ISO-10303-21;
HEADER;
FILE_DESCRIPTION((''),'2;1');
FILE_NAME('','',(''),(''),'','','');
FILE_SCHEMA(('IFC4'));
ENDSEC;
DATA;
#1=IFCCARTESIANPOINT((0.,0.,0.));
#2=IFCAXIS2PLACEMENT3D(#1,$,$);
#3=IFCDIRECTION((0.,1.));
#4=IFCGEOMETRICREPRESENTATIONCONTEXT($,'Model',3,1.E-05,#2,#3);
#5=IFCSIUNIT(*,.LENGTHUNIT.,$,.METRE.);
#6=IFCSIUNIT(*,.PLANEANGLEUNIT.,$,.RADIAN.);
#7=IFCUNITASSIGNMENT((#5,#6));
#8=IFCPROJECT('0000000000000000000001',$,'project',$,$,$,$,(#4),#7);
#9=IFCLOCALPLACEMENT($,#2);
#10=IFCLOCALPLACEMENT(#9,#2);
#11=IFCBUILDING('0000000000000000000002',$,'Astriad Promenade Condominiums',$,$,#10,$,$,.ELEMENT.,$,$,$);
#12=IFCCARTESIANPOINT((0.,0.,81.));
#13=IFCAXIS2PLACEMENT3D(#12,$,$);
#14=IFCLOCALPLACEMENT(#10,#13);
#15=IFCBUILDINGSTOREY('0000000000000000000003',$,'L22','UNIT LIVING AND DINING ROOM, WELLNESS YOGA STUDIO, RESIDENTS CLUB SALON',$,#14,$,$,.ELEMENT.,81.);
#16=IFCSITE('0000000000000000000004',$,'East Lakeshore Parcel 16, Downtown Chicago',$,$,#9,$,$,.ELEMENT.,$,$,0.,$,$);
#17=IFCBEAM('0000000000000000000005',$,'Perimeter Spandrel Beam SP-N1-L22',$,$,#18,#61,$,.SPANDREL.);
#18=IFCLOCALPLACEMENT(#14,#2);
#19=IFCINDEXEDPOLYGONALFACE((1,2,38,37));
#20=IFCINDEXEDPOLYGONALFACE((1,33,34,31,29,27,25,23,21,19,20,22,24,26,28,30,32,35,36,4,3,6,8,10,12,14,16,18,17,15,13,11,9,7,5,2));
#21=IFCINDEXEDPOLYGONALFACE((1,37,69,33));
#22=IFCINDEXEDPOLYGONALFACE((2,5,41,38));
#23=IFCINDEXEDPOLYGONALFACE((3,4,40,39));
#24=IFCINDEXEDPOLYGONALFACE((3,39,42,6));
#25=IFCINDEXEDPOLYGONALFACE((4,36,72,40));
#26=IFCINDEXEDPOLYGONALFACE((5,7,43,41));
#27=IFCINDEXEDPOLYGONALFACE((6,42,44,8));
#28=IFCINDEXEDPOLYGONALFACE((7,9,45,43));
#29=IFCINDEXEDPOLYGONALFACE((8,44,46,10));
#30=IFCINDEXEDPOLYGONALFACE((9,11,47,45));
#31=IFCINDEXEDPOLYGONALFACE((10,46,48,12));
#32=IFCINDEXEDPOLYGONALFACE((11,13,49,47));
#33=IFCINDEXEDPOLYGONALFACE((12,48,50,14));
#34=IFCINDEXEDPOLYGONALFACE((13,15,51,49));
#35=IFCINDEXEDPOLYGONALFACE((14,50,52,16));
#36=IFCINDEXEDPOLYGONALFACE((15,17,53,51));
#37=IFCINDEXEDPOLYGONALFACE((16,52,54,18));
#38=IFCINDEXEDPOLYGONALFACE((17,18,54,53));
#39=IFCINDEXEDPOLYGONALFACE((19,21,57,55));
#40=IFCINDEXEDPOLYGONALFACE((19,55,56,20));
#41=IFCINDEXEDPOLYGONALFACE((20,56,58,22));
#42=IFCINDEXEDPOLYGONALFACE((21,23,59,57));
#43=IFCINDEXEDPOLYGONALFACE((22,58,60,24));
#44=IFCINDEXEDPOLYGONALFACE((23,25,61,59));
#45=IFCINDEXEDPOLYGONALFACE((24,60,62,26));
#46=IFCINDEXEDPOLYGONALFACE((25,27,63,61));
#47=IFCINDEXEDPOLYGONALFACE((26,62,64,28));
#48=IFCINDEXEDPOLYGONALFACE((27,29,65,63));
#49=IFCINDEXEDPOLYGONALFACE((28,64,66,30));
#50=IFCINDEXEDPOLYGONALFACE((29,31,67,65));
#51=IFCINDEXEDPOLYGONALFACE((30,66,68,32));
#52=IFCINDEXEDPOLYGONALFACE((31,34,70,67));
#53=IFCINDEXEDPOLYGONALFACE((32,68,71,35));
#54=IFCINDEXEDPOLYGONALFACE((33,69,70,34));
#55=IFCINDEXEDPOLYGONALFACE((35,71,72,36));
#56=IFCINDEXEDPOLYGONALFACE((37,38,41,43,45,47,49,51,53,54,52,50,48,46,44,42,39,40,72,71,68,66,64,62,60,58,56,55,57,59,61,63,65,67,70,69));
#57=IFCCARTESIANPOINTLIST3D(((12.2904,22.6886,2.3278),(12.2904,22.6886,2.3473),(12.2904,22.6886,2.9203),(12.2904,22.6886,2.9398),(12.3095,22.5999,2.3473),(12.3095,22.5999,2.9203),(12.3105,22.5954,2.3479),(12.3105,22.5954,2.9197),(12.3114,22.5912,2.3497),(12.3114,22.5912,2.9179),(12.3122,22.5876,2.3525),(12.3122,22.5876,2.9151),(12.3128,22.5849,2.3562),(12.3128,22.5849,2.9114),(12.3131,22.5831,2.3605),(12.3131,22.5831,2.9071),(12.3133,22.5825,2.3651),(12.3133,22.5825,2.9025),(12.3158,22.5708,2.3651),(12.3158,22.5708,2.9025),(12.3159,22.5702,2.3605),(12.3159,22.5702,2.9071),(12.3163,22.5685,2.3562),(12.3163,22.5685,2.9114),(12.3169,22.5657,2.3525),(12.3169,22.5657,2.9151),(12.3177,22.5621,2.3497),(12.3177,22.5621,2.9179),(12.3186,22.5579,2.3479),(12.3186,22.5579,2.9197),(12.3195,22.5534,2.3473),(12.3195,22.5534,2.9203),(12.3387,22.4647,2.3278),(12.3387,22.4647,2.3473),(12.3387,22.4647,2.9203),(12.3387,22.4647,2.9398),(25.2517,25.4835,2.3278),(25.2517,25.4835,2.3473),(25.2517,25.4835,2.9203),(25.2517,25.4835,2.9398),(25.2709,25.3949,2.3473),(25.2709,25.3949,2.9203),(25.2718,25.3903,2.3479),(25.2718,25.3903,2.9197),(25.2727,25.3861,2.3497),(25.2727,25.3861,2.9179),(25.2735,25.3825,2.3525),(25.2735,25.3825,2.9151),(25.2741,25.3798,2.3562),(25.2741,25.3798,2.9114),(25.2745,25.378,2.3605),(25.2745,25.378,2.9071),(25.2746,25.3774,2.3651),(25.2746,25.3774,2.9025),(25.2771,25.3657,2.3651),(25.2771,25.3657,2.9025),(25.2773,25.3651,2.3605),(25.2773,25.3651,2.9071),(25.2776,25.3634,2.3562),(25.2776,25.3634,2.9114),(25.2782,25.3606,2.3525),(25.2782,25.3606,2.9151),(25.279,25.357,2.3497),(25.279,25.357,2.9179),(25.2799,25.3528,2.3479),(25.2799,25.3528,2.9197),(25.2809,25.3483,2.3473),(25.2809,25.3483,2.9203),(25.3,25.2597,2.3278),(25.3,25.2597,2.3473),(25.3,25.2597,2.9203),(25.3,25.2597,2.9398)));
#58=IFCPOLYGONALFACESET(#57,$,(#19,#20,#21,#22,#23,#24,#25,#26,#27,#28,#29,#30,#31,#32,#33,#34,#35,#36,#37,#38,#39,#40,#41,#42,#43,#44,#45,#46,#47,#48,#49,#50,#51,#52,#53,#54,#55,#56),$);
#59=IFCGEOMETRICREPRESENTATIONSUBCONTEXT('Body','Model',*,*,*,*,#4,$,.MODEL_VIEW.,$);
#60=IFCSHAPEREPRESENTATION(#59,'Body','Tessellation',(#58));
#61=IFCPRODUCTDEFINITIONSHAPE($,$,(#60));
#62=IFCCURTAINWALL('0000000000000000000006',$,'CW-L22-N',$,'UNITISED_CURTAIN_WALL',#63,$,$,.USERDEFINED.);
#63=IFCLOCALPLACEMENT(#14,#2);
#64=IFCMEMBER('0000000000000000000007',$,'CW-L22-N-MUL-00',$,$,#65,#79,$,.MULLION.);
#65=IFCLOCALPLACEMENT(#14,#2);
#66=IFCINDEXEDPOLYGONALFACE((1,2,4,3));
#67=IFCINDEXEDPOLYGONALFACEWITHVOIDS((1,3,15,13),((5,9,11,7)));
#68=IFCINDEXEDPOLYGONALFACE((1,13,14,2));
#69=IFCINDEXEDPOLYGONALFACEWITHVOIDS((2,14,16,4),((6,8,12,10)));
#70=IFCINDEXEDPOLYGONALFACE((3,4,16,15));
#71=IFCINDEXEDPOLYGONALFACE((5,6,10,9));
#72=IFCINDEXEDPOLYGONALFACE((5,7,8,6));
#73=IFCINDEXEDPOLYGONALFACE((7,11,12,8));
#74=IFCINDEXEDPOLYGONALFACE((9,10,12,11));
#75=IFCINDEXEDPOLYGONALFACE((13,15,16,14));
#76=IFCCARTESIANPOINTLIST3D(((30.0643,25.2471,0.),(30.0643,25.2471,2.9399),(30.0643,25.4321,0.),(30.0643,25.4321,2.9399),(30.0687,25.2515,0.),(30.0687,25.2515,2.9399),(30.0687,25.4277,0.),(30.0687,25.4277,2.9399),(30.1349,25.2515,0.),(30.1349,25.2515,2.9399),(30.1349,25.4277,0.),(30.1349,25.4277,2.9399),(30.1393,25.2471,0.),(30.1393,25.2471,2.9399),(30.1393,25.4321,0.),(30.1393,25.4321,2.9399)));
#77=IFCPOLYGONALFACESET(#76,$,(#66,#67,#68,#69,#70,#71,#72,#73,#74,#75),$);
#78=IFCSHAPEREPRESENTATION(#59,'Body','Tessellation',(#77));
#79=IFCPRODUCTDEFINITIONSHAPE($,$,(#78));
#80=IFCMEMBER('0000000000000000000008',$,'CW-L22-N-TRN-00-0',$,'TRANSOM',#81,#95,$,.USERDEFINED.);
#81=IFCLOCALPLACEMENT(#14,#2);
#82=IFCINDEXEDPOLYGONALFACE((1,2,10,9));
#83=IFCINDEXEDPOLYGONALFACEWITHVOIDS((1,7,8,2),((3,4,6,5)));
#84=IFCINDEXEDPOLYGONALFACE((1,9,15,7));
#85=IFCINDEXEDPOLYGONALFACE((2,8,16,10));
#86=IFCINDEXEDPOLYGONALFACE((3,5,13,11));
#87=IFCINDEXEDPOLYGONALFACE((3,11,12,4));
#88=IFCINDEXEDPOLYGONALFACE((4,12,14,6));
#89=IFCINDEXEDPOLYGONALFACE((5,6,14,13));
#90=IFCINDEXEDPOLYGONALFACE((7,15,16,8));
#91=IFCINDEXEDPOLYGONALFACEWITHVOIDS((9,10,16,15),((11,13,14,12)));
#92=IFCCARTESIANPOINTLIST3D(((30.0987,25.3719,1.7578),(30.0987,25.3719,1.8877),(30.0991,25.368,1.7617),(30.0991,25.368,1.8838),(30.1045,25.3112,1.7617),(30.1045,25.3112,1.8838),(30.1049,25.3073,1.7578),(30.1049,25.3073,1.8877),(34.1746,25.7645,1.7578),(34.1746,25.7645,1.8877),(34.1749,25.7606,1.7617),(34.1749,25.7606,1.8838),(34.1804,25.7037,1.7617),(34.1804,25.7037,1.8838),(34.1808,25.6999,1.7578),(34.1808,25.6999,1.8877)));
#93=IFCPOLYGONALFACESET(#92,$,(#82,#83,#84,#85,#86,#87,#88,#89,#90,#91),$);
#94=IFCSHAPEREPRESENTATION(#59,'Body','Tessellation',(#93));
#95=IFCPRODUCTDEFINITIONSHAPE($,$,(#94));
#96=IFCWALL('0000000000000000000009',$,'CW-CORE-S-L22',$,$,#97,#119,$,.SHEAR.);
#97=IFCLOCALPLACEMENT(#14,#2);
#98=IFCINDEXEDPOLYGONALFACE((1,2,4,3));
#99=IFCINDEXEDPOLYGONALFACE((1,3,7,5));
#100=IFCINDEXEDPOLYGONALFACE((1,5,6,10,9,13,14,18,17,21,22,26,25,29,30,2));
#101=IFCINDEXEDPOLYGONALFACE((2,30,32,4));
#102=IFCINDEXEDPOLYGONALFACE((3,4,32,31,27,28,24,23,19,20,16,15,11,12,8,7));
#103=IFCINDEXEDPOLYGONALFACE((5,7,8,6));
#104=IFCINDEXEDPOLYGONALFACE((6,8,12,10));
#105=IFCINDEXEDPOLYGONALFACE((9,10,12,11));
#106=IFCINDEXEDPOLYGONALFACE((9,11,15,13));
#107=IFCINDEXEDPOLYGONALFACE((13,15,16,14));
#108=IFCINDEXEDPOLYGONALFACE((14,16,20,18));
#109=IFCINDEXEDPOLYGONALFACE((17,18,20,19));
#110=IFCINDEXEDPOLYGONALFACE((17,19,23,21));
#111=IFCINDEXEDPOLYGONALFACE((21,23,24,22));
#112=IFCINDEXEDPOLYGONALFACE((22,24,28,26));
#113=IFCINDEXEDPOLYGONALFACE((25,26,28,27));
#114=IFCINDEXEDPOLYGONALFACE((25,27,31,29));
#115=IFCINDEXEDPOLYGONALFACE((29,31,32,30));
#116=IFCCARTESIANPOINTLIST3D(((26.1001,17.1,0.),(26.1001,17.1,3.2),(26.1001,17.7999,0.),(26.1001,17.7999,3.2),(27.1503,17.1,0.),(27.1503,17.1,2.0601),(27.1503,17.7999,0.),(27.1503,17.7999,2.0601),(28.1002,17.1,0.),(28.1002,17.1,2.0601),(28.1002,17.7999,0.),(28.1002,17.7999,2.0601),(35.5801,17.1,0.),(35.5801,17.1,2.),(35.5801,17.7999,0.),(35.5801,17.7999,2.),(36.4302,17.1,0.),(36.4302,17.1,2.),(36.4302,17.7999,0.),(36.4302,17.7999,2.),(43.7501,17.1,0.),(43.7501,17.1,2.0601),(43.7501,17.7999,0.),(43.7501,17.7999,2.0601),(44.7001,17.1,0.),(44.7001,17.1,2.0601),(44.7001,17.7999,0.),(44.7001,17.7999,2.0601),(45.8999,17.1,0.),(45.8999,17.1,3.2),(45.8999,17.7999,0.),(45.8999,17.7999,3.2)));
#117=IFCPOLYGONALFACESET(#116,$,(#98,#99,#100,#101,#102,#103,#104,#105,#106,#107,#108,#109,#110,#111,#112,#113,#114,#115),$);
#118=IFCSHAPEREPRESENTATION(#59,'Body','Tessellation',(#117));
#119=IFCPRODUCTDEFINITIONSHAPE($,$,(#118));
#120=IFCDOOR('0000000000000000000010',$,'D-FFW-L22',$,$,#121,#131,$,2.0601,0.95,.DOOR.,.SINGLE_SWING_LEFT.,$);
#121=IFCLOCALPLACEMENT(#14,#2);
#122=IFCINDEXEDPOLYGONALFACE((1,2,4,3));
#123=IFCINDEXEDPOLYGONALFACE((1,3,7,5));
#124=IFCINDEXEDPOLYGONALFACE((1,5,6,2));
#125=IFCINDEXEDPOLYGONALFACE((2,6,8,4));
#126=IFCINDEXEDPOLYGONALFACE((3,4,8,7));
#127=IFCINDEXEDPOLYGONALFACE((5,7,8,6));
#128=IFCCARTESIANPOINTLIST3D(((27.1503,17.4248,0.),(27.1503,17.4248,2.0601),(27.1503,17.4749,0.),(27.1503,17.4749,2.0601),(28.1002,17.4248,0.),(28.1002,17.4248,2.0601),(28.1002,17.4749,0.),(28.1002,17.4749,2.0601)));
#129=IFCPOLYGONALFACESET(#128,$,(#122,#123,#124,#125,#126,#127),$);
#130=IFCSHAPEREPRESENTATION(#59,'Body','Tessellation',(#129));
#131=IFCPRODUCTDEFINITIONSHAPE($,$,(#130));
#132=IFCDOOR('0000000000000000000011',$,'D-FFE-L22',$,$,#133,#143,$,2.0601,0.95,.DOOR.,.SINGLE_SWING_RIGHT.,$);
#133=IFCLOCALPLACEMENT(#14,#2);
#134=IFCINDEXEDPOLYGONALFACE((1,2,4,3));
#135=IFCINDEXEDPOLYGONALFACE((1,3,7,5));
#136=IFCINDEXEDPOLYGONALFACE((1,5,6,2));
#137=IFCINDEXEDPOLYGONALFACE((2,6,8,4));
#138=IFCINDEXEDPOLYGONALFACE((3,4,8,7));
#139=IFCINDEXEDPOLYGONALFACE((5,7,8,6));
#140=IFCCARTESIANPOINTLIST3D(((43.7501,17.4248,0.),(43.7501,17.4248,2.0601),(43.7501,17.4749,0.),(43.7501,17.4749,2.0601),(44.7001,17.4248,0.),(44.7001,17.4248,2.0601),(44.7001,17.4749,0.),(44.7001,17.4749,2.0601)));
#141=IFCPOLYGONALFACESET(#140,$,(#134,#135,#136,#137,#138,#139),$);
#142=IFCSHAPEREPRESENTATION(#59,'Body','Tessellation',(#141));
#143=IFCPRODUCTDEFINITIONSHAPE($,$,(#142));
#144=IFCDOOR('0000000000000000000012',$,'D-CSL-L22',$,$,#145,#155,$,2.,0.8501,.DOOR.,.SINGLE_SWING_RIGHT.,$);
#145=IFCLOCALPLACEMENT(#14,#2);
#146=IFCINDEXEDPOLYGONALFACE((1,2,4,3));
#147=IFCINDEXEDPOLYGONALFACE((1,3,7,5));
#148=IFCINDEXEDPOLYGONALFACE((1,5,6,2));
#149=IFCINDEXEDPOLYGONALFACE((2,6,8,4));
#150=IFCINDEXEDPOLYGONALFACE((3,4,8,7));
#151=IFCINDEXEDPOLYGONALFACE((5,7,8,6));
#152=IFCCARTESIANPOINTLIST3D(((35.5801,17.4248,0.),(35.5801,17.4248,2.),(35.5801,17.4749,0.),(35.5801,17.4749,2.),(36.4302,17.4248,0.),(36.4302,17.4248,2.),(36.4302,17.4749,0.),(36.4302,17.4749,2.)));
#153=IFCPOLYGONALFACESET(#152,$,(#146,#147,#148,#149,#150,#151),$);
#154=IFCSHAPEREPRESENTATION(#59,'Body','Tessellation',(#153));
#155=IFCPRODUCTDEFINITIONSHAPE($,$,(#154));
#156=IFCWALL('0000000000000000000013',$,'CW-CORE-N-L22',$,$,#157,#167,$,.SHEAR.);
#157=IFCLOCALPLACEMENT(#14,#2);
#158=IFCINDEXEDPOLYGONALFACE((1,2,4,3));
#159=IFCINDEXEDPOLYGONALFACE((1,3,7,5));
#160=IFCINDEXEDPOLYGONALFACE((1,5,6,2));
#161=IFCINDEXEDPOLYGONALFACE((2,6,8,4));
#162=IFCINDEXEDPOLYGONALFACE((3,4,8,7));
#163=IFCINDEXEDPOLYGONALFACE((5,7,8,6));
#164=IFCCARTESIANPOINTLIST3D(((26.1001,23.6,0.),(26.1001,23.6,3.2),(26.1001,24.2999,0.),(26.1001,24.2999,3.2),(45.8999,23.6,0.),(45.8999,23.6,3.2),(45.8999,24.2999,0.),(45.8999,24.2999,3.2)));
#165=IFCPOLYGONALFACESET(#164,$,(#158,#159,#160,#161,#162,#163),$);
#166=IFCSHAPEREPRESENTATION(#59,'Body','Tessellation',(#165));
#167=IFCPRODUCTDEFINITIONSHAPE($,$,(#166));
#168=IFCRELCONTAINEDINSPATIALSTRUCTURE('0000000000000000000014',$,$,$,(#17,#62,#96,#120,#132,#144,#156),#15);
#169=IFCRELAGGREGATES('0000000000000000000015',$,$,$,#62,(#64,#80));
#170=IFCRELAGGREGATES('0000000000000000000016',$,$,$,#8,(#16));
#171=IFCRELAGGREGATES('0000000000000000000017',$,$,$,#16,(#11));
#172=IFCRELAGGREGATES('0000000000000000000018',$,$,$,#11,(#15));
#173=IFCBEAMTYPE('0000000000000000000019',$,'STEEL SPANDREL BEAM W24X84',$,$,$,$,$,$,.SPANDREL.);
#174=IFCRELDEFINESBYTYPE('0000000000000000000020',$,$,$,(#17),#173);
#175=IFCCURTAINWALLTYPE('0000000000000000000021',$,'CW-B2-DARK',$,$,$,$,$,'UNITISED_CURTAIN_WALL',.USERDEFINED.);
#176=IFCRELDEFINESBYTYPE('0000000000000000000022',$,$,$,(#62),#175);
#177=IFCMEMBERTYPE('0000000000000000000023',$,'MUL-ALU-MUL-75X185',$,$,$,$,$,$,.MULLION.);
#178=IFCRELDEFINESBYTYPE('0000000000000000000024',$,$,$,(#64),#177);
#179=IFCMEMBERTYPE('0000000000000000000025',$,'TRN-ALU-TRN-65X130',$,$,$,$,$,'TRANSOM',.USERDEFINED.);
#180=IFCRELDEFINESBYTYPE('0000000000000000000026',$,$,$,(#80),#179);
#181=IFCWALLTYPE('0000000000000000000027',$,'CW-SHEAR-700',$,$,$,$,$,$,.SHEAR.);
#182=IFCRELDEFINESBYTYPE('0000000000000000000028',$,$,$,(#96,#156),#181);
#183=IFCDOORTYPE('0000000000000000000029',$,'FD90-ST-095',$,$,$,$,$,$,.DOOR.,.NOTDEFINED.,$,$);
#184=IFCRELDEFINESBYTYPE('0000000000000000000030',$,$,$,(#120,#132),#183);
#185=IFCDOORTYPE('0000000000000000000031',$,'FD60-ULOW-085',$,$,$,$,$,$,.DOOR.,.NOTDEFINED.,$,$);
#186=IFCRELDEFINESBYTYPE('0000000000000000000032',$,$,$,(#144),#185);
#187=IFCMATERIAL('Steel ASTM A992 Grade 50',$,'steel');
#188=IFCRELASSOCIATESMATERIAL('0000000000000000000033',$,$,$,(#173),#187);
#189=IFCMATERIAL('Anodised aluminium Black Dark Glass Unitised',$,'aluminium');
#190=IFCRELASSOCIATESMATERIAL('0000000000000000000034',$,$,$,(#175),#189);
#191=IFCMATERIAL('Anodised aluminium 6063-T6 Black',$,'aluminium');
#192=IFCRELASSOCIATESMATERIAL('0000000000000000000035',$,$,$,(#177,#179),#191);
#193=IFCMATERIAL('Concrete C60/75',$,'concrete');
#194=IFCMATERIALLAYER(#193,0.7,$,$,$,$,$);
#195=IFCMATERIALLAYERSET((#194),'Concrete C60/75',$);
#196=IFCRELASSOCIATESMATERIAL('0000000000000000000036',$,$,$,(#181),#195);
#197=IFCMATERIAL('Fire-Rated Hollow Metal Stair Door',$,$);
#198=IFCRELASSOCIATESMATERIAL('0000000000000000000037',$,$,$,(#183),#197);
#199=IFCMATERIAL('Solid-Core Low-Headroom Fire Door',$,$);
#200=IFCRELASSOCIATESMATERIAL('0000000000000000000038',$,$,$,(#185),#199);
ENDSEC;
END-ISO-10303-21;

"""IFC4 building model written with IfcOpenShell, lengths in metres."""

from ifc_helpers import new_model, si_unit, direction, frame, frame_2d, origin, origin_2d, place, context, subcontext, project, spatial, rectangle, hollow_rectangle, i_section, extrude, source, transform, mapped, material, layer, layer_set, material_profile, profile_set, type_object, type_shapes, element, fill, aggregate, save


model = new_model("IFC4")

# Units and contexts
model_context = context("Model", 3, precision=1e-05, world=origin(), true_north=direction((0.0, 1.0)))
body_context = subcontext(model_context, "Body", "Model", "MODEL_VIEW")
ifc_project = project(units=[si_unit("LENGTHUNIT", "METRE"), si_unit("PLANEANGLEUNIT", "RADIAN")], contexts=[model_context])

# Site, building, storey
site_placement = place(None, origin())
site = spatial("IfcSite", under=ifc_project, at=site_placement, Name="East Lakeshore Parcel 16, Downtown Chicago", CompositionType="ELEMENT", RefElevation=0.0)
building_placement = place(site_placement, origin())
building = spatial("IfcBuilding", under=site, at=building_placement, Name="Astriad Promenade Condominiums", CompositionType="ELEMENT")
storey_placement = place(building_placement, frame((0.0, 0.0, 81.0)))
storey = spatial("IfcBuildingStorey", under=building, at=storey_placement, Name="L22", Description="UNIT LIVING AND DINING ROOM, WELLNESS YOGA STUDIO, RESIDENTS CLUB SALON", CompositionType="ELEMENT", Elevation=81.0)

# Shared definitions
ifc_material_1 = material(Name="Steel ASTM A992 Grade 50", Category="steel")
ifc_material_2 = material(Name="Concrete C60/75", Category="concrete")

# Beam
ifc_material_profile_1 = material_profile(ifc_material_1, i_section(OverallWidth=0.229, OverallDepth=0.6121, WebThickness=0.012, FlangeThickness=0.0195, FilletRadius=0.0178, at=origin_2d()), Name="W24X84")
ifc_profile_set_1 = profile_set([ifc_material_profile_1], Name="Steel ASTM A992 Grade 50")
beam_type_1 = type_object("IfcBeamType", Name="STEEL SPANDREL BEAM W24X84", PredefinedType="SPANDREL", material=ifc_profile_set_1)
shared_shape_1 = source(origin(), body_context, "Body", "SweptSolid", [
    extrude(i_section(OverallWidth=0.229, OverallDepth=0.6121, WebThickness=0.012, FlangeThickness=0.0195, FilletRadius=0.0178, at=origin_2d()), origin(), (0.0, 0.0, 1.0), 13.2593),
])
type_shapes(beam_type_1, [shared_shape_1])
beam_1_placement = place(storey_placement, frame((25.2759, 25.3716, 2.6338), z_axis=(-0.977532, -0.210789, 0.0), x_axis=(0.210789, -0.977532, 0.0)))
element("IfcBeam", 1, at=beam_1_placement, inside=storey, type_object=beam_type_1, Name="Perimeter Spandrel Beam SP-N1-L22", PredefinedType="SPANDREL", context=body_context, shape_type="MappedRepresentation", body=[
    mapped(shared_shape_1, transform((0.0, 0.0, 0.0), scale=1.0)),
])

# Curtain wall, members
ifc_material_3 = material(Name="Anodised aluminium Black Dark Glass Unitised", Category="aluminium")
curtain_wall_type = type_object("IfcCurtainWallType", Name="CW-B2-DARK", ElementType="UNITISED_CURTAIN_WALL", PredefinedType="USERDEFINED", material=ifc_material_3)
curtain_wall_placement = place(storey_placement, origin())
curtain_wall = element("IfcCurtainWall", 2, at=curtain_wall_placement, inside=storey, type_object=curtain_wall_type, Name="CW-L22-N", ObjectType="UNITISED_CURTAIN_WALL", PredefinedType="USERDEFINED")
ifc_material_4 = material(Name="Anodised aluminium 6063-T6 Black", Category="aluminium")
ifc_material_profile_2 = material_profile(ifc_material_4, hollow_rectangle(XDim=0.075, YDim=0.1851, WallThickness=0.0044, at=origin_2d()), Name="ALU-MUL-75X185")
ifc_profile_set_2 = profile_set([ifc_material_profile_2], Name="Anodised aluminium 6063-T6 Black")
member_type_1 = type_object("IfcMemberType", Name="MUL-ALU-MUL-75X185", PredefinedType="MULLION", material=ifc_profile_set_2)
shared_shape_2 = source(origin(), body_context, "Body", "SweptSolid", [
    extrude(hollow_rectangle(XDim=0.075, YDim=0.1851, WallThickness=0.0044, at=origin_2d()), origin(), (0.0, 0.0, 1.0), 2.9399),
])
type_shapes(member_type_1, [shared_shape_2])
member_1_placement = place(storey_placement, frame((30.1018, 25.3396, 0.0), z_axis=(0.0, 0.0, 1.0), x_axis=(1.0, 0.0, 0.0)))
member_1 = element("IfcMember", 3, at=member_1_placement, type_object=member_type_1, Name="CW-L22-N-MUL-00", PredefinedType="MULLION", context=body_context, shape_type="MappedRepresentation", body=[
    mapped(shared_shape_2, transform((0.0, 0.0, 0.0), scale=1.0)),
])
ifc_material_profile_3 = material_profile(ifc_material_4, hollow_rectangle(XDim=0.0649, YDim=0.1299, WallThickness=0.0039, at=origin_2d()), Name="ALU-TRN-65X130")
ifc_profile_set_3 = profile_set([ifc_material_profile_3], Name="Anodised aluminium 6063-T6 Black")
member_type_2 = type_object("IfcMemberType", Name="TRN-ALU-TRN-65X130", ElementType="TRANSOM", PredefinedType="USERDEFINED", material=ifc_profile_set_3)
shared_shape_3 = source(origin(), body_context, "Body", "SweptSolid", [
    extrude(hollow_rectangle(XDim=0.0649, YDim=0.1299, WallThickness=0.0039, at=origin_2d()), origin(), (0.0, 0.0, 1.0), 4.0947),
])
type_shapes(member_type_2, [shared_shape_3])
member_2_placement = place(storey_placement, frame((30.1018, 25.3396, 1.8228), z_axis=(0.995394, 0.095873, 0.0), x_axis=(-0.095873, 0.995394, 0.0)))
member_2 = element("IfcMember", 4, at=member_2_placement, type_object=member_type_2, Name="CW-L22-N-TRN-00-0", ObjectType="TRANSOM", PredefinedType="USERDEFINED", context=body_context, shape_type="MappedRepresentation", body=[
    mapped(shared_shape_3, transform((0.0, 0.0, 0.0), scale=1.0)),
])
aggregate(curtain_wall, [member_1, member_2])

# Wall, openings, doors
ifc_layer_1 = layer(ifc_material_2, 0.7)
ifc_layer_set_1 = layer_set([ifc_layer_1], Name="Concrete C60/75")
wall_type_1 = type_object("IfcWallType", Name="CW-SHEAR-700", PredefinedType="SHEAR", material=ifc_layer_set_1)
wall_1_placement = place(storey_placement, frame((26.1001, 17.45, 0.0), z_axis=(0.0, 0.0, 1.0), x_axis=(1.0, 0.0, 0.0)))
wall_1 = element("IfcWall", 5, at=wall_1_placement, inside=storey, type_object=wall_type_1, Name="CW-CORE-S-L22", PredefinedType="SHEAR", context=body_context, shape_type="SweptSolid", body=[
    extrude(rectangle(XDim=19.7998, YDim=0.7, at=frame_2d((9.8999, 0.0))), origin(), (0.0, 0.0, 1.0), 3.2),
])
opening_1_placement = place(wall_1_placement, frame((1.05, 0.0, 0.0)))
opening_1 = element("IfcOpeningElement", 6, at=opening_1_placement, cuts=wall_1, PredefinedType="OPENING", context=body_context, shape_type="SweptSolid", body=[
    extrude(rectangle(XDim=0.95, YDim=2.0601, at=frame_2d((0.4751, 1.03))), frame((0.0, 0.3599, 0.0), z_axis=(0.0, -1.0, 0.0), x_axis=(1.0, 0.0, 0.0)), (0.0, 0.0, 1.0), 0.72),
])
opening_2_placement = place(wall_1_placement, frame((9.48, 0.0, 0.0)))
opening_2 = element("IfcOpeningElement", 7, at=opening_2_placement, cuts=wall_1, PredefinedType="OPENING", context=body_context, shape_type="SweptSolid", body=[
    extrude(rectangle(XDim=0.8501, YDim=2.0, at=frame_2d((0.425, 1.0))), frame((0.0, 0.3599, 0.0), z_axis=(0.0, -1.0, 0.0), x_axis=(1.0, 0.0, 0.0)), (0.0, 0.0, 1.0), 0.72),
])
opening_3_placement = place(wall_1_placement, frame((17.6499, 0.0, 0.0)))
opening_3 = element("IfcOpeningElement", 8, at=opening_3_placement, cuts=wall_1, PredefinedType="OPENING", context=body_context, shape_type="SweptSolid", body=[
    extrude(rectangle(XDim=0.95, YDim=2.0601, at=frame_2d((0.4751, 1.03))), frame((0.0, 0.3599, 0.0), z_axis=(0.0, -1.0, 0.0), x_axis=(1.0, 0.0, 0.0)), (0.0, 0.0, 1.0), 0.72),
])
ifc_material_5 = material(Name="Fire-Rated Hollow Metal Stair Door")
door_type_1 = type_object("IfcDoorType", Name="FD90-ST-095", OperationType="NOTDEFINED", PredefinedType="DOOR", material=ifc_material_5)
shared_shape_4 = source(origin(), body_context, "Body", "SweptSolid", [
    extrude(rectangle(XDim=0.95, YDim=2.0601, at=frame_2d((0.4751, 1.03))), frame((0.0, 0.0249, 0.0), z_axis=(0.0, -1.0, 0.0), x_axis=(1.0, 0.0, 0.0)), (0.0, 0.0, 1.0), 0.05),
])
type_shapes(door_type_1, [shared_shape_4])
door_1_placement = place(opening_1_placement, origin())
door_1 = element("IfcDoor", 9, at=door_1_placement, inside=storey, type_object=door_type_1, Name="D-FFW-L22", OperationType="SINGLE_SWING_LEFT", OverallHeight=2.0601, OverallWidth=0.95, PredefinedType="DOOR", context=body_context, shape_type="MappedRepresentation", body=[
    mapped(shared_shape_4, transform((0.0, 0.0, 0.0), scale=1.0)),
])
fill(opening_1, door_1)
door_2_placement = place(opening_3_placement, origin())
door_2 = element("IfcDoor", 10, at=door_2_placement, inside=storey, type_object=door_type_1, Name="D-FFE-L22", OperationType="SINGLE_SWING_RIGHT", OverallHeight=2.0601, OverallWidth=0.95, PredefinedType="DOOR", context=body_context, shape_type="MappedRepresentation", body=[
    mapped(shared_shape_4, transform((0.0, 0.0, 0.0), scale=1.0)),
])
fill(opening_3, door_2)
ifc_material_6 = material(Name="Solid-Core Low-Headroom Fire Door")
door_type_2 = type_object("IfcDoorType", Name="FD60-ULOW-085", OperationType="NOTDEFINED", PredefinedType="DOOR", material=ifc_material_6)
shared_shape_5 = source(origin(), body_context, "Body", "SweptSolid", [
    extrude(rectangle(XDim=0.8501, YDim=2.0, at=frame_2d((0.425, 1.0))), frame((0.0, 0.0249, 0.0), z_axis=(0.0, -1.0, 0.0), x_axis=(1.0, 0.0, 0.0)), (0.0, 0.0, 1.0), 0.05),
])
type_shapes(door_type_2, [shared_shape_5])
door_3_placement = place(opening_2_placement, origin())
door_3 = element("IfcDoor", 11, at=door_3_placement, inside=storey, type_object=door_type_2, Name="D-CSL-L22", OperationType="SINGLE_SWING_RIGHT", OverallHeight=2.0, OverallWidth=0.8501, PredefinedType="DOOR", context=body_context, shape_type="MappedRepresentation", body=[
    mapped(shared_shape_5, transform((0.0, 0.0, 0.0), scale=1.0)),
])
fill(opening_2, door_3)

# Wall
wall_2_placement = place(storey_placement, frame((26.1001, 23.95, 0.0), z_axis=(0.0, 0.0, 1.0), x_axis=(1.0, 0.0, 0.0)))
element("IfcWall", 12, at=wall_2_placement, inside=storey, type_object=wall_type_1, Name="CW-CORE-N-L22", PredefinedType="SHEAR", context=body_context, shape_type="SweptSolid", body=[
    extrude(rectangle(XDim=19.7998, YDim=0.7, at=frame_2d((9.8999, 0.0))), origin(), (0.0, 0.0, 1.0), 3.2),
])

save(model, "model.ifc")
